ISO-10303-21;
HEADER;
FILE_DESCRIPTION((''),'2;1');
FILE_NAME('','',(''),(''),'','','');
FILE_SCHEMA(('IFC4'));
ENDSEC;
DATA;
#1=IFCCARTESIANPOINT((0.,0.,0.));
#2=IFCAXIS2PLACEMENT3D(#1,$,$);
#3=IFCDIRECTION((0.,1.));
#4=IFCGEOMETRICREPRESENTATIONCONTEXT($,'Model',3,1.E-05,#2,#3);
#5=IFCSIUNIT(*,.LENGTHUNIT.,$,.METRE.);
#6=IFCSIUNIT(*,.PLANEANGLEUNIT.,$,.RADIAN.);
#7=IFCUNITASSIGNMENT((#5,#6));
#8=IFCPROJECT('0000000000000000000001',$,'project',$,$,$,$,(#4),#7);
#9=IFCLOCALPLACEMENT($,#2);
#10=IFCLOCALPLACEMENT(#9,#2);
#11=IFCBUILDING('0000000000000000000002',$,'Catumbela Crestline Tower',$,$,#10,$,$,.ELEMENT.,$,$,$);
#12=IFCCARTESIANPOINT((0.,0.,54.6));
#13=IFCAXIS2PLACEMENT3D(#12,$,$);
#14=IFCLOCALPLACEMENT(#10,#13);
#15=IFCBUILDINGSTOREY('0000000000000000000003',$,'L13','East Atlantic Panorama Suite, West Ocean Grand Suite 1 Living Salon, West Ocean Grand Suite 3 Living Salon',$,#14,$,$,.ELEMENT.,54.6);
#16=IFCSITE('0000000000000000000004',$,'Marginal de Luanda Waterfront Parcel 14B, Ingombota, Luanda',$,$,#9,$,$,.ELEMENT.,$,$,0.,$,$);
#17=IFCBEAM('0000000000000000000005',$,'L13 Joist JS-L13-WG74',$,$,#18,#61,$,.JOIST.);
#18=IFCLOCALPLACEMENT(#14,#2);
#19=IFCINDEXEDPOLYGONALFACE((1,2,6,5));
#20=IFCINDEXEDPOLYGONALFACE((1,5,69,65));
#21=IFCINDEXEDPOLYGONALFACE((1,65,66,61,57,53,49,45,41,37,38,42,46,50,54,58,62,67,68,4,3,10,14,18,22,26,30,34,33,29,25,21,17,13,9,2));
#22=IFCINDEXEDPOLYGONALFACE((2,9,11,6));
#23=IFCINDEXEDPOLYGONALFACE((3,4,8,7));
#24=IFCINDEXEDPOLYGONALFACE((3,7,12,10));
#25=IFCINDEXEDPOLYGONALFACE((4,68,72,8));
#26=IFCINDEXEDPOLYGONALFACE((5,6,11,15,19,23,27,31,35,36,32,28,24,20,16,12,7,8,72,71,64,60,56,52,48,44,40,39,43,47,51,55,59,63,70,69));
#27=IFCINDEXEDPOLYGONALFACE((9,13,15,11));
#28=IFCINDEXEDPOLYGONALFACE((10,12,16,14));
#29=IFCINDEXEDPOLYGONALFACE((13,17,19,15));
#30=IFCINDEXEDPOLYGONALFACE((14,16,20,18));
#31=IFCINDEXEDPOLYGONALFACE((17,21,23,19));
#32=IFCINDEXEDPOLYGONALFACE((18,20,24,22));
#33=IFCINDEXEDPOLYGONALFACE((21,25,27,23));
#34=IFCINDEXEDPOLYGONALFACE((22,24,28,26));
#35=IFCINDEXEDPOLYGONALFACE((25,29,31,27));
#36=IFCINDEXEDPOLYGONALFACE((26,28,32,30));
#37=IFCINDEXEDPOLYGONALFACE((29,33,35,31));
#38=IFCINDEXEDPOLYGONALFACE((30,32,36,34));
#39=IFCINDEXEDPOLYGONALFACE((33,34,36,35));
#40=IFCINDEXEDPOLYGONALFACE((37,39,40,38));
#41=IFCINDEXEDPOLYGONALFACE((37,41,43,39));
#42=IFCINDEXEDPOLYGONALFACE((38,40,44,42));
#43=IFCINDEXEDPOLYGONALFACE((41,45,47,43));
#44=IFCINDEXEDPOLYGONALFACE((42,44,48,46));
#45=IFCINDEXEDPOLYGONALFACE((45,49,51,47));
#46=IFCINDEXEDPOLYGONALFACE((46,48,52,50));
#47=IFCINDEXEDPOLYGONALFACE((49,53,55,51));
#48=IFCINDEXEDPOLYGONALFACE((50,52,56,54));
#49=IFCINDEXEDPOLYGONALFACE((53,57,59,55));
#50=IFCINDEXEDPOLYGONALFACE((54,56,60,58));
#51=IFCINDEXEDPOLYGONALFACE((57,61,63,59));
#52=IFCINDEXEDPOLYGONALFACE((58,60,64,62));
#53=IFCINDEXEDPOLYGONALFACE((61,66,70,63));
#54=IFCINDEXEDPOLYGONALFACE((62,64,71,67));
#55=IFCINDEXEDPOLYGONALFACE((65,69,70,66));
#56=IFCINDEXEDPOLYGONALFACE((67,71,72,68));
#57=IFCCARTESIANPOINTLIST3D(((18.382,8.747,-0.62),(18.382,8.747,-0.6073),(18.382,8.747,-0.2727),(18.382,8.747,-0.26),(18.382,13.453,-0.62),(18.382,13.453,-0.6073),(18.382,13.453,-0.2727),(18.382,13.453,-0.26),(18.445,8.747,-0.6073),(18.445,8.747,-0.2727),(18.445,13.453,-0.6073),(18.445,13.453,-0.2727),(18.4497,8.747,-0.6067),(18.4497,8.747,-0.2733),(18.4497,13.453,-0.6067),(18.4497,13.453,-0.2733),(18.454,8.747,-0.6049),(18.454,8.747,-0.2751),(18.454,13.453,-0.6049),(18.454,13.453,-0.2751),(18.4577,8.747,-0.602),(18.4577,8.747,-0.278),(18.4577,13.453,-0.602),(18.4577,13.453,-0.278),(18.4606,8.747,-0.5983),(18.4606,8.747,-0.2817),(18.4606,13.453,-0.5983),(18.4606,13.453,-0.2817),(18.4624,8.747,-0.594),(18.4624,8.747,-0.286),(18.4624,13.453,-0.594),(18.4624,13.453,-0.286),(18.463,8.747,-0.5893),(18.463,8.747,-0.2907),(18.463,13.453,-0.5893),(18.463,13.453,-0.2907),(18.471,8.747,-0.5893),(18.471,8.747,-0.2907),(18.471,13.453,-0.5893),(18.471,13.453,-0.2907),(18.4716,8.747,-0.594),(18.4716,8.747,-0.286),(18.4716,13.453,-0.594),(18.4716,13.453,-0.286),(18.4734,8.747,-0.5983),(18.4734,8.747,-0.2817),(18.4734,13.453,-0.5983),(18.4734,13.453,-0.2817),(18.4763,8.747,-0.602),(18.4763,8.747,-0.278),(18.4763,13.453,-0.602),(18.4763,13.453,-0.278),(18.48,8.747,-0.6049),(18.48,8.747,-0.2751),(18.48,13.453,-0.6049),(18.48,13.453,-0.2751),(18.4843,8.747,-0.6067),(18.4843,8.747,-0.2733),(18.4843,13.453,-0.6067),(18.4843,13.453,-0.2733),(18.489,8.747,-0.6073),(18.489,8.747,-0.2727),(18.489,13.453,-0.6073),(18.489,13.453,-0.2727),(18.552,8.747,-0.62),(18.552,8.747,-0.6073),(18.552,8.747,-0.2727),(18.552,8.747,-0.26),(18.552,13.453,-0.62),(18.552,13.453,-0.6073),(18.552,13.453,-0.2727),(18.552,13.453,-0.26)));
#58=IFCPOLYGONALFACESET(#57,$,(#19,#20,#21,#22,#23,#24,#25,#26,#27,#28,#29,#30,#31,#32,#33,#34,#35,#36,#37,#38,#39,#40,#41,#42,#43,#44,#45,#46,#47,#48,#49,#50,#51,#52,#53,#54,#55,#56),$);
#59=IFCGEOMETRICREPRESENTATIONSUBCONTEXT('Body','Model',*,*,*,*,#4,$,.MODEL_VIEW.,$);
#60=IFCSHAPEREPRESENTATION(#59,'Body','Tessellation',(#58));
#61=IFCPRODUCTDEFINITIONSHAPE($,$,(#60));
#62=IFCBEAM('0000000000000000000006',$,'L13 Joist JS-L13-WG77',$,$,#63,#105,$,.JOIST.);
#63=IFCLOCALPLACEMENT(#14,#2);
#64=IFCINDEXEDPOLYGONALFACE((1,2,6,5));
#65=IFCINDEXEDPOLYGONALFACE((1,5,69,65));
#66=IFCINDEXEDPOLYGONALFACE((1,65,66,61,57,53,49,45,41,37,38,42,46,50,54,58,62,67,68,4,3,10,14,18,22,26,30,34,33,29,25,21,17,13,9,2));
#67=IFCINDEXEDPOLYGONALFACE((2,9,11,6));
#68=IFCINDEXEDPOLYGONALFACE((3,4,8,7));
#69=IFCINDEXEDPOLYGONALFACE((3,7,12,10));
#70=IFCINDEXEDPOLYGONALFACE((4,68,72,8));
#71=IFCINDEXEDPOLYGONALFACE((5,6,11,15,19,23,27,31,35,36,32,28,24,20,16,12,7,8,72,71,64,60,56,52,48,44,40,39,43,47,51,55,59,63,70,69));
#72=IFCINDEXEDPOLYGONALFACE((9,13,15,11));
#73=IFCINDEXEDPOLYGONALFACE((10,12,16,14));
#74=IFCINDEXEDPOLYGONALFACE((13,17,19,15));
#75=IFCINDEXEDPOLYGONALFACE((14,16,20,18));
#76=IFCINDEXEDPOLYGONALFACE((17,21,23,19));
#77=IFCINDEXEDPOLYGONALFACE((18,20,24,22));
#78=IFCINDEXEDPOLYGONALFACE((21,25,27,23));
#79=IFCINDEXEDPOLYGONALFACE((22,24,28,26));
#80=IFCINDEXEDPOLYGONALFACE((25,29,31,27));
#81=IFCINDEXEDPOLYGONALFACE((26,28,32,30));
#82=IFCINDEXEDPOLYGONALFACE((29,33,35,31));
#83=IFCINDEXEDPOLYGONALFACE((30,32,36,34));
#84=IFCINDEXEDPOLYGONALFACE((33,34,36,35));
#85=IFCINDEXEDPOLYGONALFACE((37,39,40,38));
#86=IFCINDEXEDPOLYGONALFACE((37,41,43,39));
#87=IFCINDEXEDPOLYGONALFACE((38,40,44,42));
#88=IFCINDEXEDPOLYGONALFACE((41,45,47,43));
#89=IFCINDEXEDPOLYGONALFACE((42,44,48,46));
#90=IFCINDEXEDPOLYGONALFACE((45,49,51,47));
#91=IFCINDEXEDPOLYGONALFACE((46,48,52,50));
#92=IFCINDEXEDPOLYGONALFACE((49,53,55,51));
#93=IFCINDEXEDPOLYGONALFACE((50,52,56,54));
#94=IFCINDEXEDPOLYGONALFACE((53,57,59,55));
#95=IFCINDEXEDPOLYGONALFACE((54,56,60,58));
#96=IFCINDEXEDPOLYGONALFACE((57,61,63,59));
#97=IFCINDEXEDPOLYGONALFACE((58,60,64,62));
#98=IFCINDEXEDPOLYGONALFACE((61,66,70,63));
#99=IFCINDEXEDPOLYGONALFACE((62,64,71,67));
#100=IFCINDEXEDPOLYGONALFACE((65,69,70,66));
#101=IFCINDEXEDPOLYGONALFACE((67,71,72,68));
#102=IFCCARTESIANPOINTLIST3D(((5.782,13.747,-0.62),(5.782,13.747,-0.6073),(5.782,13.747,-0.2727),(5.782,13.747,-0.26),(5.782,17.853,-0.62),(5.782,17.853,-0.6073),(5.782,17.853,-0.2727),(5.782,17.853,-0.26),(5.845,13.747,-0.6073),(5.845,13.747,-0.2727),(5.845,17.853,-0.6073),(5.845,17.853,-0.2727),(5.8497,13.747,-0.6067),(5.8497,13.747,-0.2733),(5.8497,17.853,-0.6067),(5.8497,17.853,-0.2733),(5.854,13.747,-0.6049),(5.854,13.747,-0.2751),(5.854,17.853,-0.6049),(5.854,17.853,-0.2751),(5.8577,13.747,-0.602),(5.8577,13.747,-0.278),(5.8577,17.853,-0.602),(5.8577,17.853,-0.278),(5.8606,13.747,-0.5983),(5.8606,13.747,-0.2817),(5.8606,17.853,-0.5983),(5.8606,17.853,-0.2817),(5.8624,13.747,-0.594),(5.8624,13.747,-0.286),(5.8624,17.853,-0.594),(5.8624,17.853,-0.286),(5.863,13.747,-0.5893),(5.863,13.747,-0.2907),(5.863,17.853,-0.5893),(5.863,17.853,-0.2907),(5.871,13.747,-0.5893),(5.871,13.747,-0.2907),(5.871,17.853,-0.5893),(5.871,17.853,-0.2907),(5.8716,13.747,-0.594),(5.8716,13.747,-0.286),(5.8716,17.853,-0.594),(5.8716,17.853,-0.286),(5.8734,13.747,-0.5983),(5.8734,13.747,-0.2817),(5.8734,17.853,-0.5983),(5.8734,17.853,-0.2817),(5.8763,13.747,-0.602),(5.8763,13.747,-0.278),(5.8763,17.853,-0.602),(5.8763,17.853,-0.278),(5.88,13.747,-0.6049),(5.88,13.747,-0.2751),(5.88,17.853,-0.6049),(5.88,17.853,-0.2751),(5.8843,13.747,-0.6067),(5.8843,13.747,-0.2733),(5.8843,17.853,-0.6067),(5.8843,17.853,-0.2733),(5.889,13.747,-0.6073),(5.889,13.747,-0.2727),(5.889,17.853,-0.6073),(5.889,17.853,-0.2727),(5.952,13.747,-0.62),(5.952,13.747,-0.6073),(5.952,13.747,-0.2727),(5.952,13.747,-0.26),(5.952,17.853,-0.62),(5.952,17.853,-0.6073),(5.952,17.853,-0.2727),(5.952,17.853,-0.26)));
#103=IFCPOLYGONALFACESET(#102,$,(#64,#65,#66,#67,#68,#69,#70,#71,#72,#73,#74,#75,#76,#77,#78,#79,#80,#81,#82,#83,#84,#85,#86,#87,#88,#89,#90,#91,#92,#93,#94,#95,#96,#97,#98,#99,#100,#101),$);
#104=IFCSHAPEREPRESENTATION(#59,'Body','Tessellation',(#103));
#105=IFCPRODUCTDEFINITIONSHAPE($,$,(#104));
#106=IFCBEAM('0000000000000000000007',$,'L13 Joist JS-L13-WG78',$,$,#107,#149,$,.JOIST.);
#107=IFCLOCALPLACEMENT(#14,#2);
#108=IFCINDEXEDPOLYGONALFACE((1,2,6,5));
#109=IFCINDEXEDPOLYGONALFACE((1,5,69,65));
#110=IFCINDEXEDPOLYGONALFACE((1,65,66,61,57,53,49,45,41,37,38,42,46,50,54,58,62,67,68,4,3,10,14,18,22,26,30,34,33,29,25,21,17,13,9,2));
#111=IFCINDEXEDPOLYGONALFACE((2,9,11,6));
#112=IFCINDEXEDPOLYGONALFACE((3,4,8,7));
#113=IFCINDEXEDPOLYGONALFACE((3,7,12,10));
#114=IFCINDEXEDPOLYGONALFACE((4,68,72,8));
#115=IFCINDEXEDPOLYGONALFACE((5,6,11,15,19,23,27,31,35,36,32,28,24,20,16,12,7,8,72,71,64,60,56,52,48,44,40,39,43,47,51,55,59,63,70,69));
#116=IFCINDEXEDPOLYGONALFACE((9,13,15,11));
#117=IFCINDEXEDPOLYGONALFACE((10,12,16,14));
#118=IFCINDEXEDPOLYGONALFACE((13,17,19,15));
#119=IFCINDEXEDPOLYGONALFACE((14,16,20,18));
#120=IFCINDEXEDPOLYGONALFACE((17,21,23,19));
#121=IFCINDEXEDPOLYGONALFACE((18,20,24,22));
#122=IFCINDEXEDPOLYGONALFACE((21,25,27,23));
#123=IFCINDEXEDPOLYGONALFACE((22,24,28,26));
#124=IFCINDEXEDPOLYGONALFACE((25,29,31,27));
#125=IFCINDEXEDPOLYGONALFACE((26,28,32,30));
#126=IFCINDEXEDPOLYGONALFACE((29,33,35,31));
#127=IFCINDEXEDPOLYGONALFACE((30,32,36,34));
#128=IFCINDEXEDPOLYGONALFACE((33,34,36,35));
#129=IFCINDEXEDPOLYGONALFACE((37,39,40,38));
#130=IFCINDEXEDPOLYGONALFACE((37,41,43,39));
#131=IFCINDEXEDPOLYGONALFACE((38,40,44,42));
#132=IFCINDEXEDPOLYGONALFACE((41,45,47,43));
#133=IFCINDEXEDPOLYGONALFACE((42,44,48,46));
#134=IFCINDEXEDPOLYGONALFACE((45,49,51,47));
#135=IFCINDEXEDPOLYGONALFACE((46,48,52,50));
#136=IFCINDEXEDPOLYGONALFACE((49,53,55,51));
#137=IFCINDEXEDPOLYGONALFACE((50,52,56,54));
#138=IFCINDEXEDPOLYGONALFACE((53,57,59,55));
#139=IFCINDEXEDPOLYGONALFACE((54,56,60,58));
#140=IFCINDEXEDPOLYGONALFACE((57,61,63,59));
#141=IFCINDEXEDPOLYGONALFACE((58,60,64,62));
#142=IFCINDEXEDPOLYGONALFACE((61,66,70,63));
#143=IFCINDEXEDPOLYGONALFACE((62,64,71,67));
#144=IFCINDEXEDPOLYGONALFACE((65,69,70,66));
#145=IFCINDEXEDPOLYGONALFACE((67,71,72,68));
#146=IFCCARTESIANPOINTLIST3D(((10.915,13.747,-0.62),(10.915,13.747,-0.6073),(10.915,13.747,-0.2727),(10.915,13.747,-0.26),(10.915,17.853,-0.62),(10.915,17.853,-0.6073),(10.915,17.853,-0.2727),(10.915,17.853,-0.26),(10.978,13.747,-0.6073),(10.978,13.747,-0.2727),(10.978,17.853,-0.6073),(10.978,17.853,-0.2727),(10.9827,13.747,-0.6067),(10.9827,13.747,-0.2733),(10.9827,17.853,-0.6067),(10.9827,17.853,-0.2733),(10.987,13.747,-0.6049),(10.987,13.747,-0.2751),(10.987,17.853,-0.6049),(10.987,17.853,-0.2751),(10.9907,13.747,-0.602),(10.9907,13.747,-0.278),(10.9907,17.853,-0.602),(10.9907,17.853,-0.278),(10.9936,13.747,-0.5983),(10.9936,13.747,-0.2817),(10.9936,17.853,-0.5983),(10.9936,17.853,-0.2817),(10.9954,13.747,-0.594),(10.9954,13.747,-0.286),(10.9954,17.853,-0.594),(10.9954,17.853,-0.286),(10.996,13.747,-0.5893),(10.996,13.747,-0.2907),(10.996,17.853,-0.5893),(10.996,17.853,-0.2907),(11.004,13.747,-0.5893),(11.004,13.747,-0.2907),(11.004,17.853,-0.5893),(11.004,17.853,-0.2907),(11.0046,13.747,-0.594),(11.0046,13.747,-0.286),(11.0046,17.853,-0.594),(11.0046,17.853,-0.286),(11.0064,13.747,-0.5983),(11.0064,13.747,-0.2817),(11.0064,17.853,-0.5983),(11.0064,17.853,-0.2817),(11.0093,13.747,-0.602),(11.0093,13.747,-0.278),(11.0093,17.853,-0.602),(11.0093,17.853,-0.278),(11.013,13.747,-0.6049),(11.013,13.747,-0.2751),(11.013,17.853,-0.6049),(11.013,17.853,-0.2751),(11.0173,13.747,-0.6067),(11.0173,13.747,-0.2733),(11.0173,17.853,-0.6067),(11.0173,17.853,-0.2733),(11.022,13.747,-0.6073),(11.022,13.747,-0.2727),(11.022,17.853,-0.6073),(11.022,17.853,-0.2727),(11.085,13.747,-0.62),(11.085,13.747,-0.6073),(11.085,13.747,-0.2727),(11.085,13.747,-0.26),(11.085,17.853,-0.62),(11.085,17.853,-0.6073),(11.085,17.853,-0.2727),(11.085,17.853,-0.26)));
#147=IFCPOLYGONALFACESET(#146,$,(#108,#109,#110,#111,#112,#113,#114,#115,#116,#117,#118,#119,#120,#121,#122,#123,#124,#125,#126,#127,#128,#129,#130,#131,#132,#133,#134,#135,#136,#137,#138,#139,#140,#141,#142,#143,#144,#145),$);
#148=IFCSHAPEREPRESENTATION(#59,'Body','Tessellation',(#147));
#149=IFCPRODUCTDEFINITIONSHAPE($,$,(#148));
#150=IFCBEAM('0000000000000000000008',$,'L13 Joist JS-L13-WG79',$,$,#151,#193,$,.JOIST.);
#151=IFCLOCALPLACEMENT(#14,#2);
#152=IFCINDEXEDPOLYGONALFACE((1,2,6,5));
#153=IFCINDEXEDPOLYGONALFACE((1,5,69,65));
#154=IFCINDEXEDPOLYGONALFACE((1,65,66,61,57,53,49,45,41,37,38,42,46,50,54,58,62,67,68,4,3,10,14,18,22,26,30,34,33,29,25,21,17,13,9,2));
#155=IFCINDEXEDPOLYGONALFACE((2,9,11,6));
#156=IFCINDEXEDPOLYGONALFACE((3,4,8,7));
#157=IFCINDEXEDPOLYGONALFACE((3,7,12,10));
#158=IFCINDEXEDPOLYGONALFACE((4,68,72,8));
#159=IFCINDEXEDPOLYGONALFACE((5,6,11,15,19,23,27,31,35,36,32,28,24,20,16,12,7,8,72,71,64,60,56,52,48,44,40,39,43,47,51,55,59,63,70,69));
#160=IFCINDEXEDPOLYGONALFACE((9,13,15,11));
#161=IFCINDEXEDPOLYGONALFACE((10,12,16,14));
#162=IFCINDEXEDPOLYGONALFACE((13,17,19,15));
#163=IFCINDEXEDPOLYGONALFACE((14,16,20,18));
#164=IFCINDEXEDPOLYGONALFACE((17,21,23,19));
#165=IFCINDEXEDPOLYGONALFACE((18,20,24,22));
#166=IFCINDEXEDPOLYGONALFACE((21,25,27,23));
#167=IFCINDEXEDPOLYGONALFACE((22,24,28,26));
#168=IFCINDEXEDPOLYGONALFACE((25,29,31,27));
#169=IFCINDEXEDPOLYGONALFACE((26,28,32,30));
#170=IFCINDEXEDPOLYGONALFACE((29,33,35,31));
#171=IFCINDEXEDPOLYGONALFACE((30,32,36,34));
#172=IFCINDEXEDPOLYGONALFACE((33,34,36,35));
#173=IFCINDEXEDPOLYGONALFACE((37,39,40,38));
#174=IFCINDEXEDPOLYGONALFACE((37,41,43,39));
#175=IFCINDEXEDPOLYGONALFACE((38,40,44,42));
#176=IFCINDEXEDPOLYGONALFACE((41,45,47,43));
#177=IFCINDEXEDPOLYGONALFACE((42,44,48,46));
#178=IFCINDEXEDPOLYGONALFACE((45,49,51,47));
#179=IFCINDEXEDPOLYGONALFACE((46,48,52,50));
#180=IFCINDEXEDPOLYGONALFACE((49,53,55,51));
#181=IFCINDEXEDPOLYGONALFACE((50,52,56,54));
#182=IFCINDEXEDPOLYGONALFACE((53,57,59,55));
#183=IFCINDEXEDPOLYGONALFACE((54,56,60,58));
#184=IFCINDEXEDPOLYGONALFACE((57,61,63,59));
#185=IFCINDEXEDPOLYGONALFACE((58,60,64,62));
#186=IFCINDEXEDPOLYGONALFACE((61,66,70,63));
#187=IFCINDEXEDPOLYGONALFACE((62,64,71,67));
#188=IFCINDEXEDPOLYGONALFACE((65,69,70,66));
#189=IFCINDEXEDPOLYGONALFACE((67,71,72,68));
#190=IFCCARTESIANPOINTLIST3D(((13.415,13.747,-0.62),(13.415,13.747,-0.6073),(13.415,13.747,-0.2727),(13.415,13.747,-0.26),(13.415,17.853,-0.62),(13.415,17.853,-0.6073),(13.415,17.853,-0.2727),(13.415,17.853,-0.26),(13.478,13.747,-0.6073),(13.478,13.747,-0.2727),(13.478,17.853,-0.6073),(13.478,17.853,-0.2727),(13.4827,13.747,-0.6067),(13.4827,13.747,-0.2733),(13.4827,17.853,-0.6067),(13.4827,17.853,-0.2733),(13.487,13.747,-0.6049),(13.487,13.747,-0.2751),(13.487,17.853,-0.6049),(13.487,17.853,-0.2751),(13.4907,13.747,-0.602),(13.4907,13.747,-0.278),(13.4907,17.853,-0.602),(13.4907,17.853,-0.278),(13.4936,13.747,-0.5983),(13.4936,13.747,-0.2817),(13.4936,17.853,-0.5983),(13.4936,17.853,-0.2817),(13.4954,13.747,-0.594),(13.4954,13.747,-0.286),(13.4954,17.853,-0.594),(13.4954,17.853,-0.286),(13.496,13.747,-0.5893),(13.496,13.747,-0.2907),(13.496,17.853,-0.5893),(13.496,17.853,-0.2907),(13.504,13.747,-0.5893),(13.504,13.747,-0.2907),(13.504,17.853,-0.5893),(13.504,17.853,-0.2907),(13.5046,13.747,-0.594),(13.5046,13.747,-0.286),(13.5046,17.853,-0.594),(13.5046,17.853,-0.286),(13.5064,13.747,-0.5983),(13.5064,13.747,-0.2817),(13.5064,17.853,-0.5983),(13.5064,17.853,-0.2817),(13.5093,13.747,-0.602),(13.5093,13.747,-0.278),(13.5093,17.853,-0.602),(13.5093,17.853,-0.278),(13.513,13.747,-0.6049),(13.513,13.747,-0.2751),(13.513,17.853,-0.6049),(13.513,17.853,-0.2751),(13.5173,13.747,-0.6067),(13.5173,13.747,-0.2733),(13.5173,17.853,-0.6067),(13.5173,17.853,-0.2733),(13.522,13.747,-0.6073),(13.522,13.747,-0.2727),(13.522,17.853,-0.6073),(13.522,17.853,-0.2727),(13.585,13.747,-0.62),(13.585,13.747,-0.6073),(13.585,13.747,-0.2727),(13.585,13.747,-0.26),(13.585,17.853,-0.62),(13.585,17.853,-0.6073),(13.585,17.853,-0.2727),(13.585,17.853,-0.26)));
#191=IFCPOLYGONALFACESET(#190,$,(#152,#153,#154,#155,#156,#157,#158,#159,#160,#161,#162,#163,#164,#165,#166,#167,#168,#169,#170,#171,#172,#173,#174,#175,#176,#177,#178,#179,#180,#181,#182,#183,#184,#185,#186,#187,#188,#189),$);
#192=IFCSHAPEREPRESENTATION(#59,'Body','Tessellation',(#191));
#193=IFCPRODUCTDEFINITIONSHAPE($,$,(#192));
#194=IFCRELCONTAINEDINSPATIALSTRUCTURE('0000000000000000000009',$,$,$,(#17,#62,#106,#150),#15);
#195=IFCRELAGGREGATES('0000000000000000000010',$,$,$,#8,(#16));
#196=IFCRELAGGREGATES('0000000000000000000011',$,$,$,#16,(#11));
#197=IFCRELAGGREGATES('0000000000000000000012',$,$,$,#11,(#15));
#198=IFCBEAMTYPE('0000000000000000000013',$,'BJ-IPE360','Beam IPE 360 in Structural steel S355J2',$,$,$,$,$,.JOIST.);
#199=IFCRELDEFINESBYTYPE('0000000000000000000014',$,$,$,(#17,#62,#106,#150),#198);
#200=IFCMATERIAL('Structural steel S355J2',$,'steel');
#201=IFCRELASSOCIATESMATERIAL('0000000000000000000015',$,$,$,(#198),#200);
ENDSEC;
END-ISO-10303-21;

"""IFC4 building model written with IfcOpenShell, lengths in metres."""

from ifc_helpers import new_model, si_unit, direction, frame, origin, origin_2d, place, context, subcontext, project, spatial, i_section, extrude, material, material_profile, profile_set, type_object, element, save


model = new_model("IFC4")

# Units and contexts
model_context = context("Model", 3, precision=1e-05, world=origin(), true_north=direction((0.0, 1.0)))
body_context = subcontext(model_context, "Body", "Model", "MODEL_VIEW")
ifc_project = project(units=[si_unit("LENGTHUNIT", "METRE"), si_unit("PLANEANGLEUNIT", "RADIAN")], contexts=[model_context])

# Site, building, storey
site_placement = place(None, origin())
site = spatial("IfcSite", under=ifc_project, at=site_placement, Name="Marginal de Luanda Waterfront Parcel 14B, Ingombota, Luanda", CompositionType="ELEMENT", RefElevation=0.0)
building_placement = place(site_placement, origin())
building = spatial("IfcBuilding", under=site, at=building_placement, Name="Catumbela Crestline Tower", CompositionType="ELEMENT")
storey_placement = place(building_placement, frame((0.0, 0.0, 54.6)))
storey = spatial("IfcBuildingStorey", under=building, at=storey_placement, Name="L13", Description="East Atlantic Panorama Suite, West Ocean Grand Suite 1 Living Salon, West Ocean Grand Suite 3 Living Salon", CompositionType="ELEMENT", Elevation=54.6)

# Beams
ifc_material_1 = material(Name="Structural steel S355J2", Category="steel")
ifc_material_profile_1 = material_profile(ifc_material_1, i_section(OverallWidth=0.17, OverallDepth=0.36, WebThickness=0.008, FlangeThickness=0.0127, FilletRadius=0.018, at=origin_2d()), Name="IPE 360")
ifc_profile_set_1 = profile_set([ifc_material_profile_1], Name="Structural steel S355J2")
beam_type_1 = type_object("IfcBeamType", Name="BJ-IPE360", Description="Beam IPE 360 in Structural steel S355J2", PredefinedType="JOIST", material=ifc_profile_set_1)
for number, where, z_axis, x_axis, name in (
    (1, (18.467, 8.747, -0.44), (0.0, 1.0, 0.0), (-1.0, 0.0, 0.0), "L13 Joist JS-L13-WG74"),
):
    element("IfcBeam", number, at=place(storey_placement, frame(where, z_axis=z_axis, x_axis=x_axis)), inside=storey, type_object=beam_type_1, Name=name, PredefinedType="JOIST", context=body_context, shape_type="SweptSolid", body=[
        extrude(i_section(OverallWidth=0.17, OverallDepth=0.36, WebThickness=0.008, FlangeThickness=0.0127, FilletRadius=0.018, at=origin_2d()), origin(), (0.0, 0.0, 1.0), 4.706),
    ])
for number, where, z_axis, x_axis, name in (
    (2, (5.867, 13.747, -0.44), (0.0, 1.0, 0.0), (-1.0, 0.0, 0.0), "L13 Joist JS-L13-WG77"),
    (3, (11.0, 13.747, -0.44), (0.0, 1.0, 0.0), (-1.0, 0.0, 0.0), "L13 Joist JS-L13-WG78"),
    (4, (13.5, 13.747, -0.44), (0.0, 1.0, 0.0), (-1.0, 0.0, 0.0), "L13 Joist JS-L13-WG79"),
):
    element("IfcBeam", number, at=place(storey_placement, frame(where, z_axis=z_axis, x_axis=x_axis)), inside=storey, type_object=beam_type_1, Name=name, PredefinedType="JOIST", context=body_context, shape_type="SweptSolid", body=[
        extrude(i_section(OverallWidth=0.17, OverallDepth=0.36, WebThickness=0.008, FlangeThickness=0.0127, FilletRadius=0.018, at=origin_2d()), origin(), (0.0, 0.0, 1.0), 4.106),
    ])

save(model, "model.ifc")
